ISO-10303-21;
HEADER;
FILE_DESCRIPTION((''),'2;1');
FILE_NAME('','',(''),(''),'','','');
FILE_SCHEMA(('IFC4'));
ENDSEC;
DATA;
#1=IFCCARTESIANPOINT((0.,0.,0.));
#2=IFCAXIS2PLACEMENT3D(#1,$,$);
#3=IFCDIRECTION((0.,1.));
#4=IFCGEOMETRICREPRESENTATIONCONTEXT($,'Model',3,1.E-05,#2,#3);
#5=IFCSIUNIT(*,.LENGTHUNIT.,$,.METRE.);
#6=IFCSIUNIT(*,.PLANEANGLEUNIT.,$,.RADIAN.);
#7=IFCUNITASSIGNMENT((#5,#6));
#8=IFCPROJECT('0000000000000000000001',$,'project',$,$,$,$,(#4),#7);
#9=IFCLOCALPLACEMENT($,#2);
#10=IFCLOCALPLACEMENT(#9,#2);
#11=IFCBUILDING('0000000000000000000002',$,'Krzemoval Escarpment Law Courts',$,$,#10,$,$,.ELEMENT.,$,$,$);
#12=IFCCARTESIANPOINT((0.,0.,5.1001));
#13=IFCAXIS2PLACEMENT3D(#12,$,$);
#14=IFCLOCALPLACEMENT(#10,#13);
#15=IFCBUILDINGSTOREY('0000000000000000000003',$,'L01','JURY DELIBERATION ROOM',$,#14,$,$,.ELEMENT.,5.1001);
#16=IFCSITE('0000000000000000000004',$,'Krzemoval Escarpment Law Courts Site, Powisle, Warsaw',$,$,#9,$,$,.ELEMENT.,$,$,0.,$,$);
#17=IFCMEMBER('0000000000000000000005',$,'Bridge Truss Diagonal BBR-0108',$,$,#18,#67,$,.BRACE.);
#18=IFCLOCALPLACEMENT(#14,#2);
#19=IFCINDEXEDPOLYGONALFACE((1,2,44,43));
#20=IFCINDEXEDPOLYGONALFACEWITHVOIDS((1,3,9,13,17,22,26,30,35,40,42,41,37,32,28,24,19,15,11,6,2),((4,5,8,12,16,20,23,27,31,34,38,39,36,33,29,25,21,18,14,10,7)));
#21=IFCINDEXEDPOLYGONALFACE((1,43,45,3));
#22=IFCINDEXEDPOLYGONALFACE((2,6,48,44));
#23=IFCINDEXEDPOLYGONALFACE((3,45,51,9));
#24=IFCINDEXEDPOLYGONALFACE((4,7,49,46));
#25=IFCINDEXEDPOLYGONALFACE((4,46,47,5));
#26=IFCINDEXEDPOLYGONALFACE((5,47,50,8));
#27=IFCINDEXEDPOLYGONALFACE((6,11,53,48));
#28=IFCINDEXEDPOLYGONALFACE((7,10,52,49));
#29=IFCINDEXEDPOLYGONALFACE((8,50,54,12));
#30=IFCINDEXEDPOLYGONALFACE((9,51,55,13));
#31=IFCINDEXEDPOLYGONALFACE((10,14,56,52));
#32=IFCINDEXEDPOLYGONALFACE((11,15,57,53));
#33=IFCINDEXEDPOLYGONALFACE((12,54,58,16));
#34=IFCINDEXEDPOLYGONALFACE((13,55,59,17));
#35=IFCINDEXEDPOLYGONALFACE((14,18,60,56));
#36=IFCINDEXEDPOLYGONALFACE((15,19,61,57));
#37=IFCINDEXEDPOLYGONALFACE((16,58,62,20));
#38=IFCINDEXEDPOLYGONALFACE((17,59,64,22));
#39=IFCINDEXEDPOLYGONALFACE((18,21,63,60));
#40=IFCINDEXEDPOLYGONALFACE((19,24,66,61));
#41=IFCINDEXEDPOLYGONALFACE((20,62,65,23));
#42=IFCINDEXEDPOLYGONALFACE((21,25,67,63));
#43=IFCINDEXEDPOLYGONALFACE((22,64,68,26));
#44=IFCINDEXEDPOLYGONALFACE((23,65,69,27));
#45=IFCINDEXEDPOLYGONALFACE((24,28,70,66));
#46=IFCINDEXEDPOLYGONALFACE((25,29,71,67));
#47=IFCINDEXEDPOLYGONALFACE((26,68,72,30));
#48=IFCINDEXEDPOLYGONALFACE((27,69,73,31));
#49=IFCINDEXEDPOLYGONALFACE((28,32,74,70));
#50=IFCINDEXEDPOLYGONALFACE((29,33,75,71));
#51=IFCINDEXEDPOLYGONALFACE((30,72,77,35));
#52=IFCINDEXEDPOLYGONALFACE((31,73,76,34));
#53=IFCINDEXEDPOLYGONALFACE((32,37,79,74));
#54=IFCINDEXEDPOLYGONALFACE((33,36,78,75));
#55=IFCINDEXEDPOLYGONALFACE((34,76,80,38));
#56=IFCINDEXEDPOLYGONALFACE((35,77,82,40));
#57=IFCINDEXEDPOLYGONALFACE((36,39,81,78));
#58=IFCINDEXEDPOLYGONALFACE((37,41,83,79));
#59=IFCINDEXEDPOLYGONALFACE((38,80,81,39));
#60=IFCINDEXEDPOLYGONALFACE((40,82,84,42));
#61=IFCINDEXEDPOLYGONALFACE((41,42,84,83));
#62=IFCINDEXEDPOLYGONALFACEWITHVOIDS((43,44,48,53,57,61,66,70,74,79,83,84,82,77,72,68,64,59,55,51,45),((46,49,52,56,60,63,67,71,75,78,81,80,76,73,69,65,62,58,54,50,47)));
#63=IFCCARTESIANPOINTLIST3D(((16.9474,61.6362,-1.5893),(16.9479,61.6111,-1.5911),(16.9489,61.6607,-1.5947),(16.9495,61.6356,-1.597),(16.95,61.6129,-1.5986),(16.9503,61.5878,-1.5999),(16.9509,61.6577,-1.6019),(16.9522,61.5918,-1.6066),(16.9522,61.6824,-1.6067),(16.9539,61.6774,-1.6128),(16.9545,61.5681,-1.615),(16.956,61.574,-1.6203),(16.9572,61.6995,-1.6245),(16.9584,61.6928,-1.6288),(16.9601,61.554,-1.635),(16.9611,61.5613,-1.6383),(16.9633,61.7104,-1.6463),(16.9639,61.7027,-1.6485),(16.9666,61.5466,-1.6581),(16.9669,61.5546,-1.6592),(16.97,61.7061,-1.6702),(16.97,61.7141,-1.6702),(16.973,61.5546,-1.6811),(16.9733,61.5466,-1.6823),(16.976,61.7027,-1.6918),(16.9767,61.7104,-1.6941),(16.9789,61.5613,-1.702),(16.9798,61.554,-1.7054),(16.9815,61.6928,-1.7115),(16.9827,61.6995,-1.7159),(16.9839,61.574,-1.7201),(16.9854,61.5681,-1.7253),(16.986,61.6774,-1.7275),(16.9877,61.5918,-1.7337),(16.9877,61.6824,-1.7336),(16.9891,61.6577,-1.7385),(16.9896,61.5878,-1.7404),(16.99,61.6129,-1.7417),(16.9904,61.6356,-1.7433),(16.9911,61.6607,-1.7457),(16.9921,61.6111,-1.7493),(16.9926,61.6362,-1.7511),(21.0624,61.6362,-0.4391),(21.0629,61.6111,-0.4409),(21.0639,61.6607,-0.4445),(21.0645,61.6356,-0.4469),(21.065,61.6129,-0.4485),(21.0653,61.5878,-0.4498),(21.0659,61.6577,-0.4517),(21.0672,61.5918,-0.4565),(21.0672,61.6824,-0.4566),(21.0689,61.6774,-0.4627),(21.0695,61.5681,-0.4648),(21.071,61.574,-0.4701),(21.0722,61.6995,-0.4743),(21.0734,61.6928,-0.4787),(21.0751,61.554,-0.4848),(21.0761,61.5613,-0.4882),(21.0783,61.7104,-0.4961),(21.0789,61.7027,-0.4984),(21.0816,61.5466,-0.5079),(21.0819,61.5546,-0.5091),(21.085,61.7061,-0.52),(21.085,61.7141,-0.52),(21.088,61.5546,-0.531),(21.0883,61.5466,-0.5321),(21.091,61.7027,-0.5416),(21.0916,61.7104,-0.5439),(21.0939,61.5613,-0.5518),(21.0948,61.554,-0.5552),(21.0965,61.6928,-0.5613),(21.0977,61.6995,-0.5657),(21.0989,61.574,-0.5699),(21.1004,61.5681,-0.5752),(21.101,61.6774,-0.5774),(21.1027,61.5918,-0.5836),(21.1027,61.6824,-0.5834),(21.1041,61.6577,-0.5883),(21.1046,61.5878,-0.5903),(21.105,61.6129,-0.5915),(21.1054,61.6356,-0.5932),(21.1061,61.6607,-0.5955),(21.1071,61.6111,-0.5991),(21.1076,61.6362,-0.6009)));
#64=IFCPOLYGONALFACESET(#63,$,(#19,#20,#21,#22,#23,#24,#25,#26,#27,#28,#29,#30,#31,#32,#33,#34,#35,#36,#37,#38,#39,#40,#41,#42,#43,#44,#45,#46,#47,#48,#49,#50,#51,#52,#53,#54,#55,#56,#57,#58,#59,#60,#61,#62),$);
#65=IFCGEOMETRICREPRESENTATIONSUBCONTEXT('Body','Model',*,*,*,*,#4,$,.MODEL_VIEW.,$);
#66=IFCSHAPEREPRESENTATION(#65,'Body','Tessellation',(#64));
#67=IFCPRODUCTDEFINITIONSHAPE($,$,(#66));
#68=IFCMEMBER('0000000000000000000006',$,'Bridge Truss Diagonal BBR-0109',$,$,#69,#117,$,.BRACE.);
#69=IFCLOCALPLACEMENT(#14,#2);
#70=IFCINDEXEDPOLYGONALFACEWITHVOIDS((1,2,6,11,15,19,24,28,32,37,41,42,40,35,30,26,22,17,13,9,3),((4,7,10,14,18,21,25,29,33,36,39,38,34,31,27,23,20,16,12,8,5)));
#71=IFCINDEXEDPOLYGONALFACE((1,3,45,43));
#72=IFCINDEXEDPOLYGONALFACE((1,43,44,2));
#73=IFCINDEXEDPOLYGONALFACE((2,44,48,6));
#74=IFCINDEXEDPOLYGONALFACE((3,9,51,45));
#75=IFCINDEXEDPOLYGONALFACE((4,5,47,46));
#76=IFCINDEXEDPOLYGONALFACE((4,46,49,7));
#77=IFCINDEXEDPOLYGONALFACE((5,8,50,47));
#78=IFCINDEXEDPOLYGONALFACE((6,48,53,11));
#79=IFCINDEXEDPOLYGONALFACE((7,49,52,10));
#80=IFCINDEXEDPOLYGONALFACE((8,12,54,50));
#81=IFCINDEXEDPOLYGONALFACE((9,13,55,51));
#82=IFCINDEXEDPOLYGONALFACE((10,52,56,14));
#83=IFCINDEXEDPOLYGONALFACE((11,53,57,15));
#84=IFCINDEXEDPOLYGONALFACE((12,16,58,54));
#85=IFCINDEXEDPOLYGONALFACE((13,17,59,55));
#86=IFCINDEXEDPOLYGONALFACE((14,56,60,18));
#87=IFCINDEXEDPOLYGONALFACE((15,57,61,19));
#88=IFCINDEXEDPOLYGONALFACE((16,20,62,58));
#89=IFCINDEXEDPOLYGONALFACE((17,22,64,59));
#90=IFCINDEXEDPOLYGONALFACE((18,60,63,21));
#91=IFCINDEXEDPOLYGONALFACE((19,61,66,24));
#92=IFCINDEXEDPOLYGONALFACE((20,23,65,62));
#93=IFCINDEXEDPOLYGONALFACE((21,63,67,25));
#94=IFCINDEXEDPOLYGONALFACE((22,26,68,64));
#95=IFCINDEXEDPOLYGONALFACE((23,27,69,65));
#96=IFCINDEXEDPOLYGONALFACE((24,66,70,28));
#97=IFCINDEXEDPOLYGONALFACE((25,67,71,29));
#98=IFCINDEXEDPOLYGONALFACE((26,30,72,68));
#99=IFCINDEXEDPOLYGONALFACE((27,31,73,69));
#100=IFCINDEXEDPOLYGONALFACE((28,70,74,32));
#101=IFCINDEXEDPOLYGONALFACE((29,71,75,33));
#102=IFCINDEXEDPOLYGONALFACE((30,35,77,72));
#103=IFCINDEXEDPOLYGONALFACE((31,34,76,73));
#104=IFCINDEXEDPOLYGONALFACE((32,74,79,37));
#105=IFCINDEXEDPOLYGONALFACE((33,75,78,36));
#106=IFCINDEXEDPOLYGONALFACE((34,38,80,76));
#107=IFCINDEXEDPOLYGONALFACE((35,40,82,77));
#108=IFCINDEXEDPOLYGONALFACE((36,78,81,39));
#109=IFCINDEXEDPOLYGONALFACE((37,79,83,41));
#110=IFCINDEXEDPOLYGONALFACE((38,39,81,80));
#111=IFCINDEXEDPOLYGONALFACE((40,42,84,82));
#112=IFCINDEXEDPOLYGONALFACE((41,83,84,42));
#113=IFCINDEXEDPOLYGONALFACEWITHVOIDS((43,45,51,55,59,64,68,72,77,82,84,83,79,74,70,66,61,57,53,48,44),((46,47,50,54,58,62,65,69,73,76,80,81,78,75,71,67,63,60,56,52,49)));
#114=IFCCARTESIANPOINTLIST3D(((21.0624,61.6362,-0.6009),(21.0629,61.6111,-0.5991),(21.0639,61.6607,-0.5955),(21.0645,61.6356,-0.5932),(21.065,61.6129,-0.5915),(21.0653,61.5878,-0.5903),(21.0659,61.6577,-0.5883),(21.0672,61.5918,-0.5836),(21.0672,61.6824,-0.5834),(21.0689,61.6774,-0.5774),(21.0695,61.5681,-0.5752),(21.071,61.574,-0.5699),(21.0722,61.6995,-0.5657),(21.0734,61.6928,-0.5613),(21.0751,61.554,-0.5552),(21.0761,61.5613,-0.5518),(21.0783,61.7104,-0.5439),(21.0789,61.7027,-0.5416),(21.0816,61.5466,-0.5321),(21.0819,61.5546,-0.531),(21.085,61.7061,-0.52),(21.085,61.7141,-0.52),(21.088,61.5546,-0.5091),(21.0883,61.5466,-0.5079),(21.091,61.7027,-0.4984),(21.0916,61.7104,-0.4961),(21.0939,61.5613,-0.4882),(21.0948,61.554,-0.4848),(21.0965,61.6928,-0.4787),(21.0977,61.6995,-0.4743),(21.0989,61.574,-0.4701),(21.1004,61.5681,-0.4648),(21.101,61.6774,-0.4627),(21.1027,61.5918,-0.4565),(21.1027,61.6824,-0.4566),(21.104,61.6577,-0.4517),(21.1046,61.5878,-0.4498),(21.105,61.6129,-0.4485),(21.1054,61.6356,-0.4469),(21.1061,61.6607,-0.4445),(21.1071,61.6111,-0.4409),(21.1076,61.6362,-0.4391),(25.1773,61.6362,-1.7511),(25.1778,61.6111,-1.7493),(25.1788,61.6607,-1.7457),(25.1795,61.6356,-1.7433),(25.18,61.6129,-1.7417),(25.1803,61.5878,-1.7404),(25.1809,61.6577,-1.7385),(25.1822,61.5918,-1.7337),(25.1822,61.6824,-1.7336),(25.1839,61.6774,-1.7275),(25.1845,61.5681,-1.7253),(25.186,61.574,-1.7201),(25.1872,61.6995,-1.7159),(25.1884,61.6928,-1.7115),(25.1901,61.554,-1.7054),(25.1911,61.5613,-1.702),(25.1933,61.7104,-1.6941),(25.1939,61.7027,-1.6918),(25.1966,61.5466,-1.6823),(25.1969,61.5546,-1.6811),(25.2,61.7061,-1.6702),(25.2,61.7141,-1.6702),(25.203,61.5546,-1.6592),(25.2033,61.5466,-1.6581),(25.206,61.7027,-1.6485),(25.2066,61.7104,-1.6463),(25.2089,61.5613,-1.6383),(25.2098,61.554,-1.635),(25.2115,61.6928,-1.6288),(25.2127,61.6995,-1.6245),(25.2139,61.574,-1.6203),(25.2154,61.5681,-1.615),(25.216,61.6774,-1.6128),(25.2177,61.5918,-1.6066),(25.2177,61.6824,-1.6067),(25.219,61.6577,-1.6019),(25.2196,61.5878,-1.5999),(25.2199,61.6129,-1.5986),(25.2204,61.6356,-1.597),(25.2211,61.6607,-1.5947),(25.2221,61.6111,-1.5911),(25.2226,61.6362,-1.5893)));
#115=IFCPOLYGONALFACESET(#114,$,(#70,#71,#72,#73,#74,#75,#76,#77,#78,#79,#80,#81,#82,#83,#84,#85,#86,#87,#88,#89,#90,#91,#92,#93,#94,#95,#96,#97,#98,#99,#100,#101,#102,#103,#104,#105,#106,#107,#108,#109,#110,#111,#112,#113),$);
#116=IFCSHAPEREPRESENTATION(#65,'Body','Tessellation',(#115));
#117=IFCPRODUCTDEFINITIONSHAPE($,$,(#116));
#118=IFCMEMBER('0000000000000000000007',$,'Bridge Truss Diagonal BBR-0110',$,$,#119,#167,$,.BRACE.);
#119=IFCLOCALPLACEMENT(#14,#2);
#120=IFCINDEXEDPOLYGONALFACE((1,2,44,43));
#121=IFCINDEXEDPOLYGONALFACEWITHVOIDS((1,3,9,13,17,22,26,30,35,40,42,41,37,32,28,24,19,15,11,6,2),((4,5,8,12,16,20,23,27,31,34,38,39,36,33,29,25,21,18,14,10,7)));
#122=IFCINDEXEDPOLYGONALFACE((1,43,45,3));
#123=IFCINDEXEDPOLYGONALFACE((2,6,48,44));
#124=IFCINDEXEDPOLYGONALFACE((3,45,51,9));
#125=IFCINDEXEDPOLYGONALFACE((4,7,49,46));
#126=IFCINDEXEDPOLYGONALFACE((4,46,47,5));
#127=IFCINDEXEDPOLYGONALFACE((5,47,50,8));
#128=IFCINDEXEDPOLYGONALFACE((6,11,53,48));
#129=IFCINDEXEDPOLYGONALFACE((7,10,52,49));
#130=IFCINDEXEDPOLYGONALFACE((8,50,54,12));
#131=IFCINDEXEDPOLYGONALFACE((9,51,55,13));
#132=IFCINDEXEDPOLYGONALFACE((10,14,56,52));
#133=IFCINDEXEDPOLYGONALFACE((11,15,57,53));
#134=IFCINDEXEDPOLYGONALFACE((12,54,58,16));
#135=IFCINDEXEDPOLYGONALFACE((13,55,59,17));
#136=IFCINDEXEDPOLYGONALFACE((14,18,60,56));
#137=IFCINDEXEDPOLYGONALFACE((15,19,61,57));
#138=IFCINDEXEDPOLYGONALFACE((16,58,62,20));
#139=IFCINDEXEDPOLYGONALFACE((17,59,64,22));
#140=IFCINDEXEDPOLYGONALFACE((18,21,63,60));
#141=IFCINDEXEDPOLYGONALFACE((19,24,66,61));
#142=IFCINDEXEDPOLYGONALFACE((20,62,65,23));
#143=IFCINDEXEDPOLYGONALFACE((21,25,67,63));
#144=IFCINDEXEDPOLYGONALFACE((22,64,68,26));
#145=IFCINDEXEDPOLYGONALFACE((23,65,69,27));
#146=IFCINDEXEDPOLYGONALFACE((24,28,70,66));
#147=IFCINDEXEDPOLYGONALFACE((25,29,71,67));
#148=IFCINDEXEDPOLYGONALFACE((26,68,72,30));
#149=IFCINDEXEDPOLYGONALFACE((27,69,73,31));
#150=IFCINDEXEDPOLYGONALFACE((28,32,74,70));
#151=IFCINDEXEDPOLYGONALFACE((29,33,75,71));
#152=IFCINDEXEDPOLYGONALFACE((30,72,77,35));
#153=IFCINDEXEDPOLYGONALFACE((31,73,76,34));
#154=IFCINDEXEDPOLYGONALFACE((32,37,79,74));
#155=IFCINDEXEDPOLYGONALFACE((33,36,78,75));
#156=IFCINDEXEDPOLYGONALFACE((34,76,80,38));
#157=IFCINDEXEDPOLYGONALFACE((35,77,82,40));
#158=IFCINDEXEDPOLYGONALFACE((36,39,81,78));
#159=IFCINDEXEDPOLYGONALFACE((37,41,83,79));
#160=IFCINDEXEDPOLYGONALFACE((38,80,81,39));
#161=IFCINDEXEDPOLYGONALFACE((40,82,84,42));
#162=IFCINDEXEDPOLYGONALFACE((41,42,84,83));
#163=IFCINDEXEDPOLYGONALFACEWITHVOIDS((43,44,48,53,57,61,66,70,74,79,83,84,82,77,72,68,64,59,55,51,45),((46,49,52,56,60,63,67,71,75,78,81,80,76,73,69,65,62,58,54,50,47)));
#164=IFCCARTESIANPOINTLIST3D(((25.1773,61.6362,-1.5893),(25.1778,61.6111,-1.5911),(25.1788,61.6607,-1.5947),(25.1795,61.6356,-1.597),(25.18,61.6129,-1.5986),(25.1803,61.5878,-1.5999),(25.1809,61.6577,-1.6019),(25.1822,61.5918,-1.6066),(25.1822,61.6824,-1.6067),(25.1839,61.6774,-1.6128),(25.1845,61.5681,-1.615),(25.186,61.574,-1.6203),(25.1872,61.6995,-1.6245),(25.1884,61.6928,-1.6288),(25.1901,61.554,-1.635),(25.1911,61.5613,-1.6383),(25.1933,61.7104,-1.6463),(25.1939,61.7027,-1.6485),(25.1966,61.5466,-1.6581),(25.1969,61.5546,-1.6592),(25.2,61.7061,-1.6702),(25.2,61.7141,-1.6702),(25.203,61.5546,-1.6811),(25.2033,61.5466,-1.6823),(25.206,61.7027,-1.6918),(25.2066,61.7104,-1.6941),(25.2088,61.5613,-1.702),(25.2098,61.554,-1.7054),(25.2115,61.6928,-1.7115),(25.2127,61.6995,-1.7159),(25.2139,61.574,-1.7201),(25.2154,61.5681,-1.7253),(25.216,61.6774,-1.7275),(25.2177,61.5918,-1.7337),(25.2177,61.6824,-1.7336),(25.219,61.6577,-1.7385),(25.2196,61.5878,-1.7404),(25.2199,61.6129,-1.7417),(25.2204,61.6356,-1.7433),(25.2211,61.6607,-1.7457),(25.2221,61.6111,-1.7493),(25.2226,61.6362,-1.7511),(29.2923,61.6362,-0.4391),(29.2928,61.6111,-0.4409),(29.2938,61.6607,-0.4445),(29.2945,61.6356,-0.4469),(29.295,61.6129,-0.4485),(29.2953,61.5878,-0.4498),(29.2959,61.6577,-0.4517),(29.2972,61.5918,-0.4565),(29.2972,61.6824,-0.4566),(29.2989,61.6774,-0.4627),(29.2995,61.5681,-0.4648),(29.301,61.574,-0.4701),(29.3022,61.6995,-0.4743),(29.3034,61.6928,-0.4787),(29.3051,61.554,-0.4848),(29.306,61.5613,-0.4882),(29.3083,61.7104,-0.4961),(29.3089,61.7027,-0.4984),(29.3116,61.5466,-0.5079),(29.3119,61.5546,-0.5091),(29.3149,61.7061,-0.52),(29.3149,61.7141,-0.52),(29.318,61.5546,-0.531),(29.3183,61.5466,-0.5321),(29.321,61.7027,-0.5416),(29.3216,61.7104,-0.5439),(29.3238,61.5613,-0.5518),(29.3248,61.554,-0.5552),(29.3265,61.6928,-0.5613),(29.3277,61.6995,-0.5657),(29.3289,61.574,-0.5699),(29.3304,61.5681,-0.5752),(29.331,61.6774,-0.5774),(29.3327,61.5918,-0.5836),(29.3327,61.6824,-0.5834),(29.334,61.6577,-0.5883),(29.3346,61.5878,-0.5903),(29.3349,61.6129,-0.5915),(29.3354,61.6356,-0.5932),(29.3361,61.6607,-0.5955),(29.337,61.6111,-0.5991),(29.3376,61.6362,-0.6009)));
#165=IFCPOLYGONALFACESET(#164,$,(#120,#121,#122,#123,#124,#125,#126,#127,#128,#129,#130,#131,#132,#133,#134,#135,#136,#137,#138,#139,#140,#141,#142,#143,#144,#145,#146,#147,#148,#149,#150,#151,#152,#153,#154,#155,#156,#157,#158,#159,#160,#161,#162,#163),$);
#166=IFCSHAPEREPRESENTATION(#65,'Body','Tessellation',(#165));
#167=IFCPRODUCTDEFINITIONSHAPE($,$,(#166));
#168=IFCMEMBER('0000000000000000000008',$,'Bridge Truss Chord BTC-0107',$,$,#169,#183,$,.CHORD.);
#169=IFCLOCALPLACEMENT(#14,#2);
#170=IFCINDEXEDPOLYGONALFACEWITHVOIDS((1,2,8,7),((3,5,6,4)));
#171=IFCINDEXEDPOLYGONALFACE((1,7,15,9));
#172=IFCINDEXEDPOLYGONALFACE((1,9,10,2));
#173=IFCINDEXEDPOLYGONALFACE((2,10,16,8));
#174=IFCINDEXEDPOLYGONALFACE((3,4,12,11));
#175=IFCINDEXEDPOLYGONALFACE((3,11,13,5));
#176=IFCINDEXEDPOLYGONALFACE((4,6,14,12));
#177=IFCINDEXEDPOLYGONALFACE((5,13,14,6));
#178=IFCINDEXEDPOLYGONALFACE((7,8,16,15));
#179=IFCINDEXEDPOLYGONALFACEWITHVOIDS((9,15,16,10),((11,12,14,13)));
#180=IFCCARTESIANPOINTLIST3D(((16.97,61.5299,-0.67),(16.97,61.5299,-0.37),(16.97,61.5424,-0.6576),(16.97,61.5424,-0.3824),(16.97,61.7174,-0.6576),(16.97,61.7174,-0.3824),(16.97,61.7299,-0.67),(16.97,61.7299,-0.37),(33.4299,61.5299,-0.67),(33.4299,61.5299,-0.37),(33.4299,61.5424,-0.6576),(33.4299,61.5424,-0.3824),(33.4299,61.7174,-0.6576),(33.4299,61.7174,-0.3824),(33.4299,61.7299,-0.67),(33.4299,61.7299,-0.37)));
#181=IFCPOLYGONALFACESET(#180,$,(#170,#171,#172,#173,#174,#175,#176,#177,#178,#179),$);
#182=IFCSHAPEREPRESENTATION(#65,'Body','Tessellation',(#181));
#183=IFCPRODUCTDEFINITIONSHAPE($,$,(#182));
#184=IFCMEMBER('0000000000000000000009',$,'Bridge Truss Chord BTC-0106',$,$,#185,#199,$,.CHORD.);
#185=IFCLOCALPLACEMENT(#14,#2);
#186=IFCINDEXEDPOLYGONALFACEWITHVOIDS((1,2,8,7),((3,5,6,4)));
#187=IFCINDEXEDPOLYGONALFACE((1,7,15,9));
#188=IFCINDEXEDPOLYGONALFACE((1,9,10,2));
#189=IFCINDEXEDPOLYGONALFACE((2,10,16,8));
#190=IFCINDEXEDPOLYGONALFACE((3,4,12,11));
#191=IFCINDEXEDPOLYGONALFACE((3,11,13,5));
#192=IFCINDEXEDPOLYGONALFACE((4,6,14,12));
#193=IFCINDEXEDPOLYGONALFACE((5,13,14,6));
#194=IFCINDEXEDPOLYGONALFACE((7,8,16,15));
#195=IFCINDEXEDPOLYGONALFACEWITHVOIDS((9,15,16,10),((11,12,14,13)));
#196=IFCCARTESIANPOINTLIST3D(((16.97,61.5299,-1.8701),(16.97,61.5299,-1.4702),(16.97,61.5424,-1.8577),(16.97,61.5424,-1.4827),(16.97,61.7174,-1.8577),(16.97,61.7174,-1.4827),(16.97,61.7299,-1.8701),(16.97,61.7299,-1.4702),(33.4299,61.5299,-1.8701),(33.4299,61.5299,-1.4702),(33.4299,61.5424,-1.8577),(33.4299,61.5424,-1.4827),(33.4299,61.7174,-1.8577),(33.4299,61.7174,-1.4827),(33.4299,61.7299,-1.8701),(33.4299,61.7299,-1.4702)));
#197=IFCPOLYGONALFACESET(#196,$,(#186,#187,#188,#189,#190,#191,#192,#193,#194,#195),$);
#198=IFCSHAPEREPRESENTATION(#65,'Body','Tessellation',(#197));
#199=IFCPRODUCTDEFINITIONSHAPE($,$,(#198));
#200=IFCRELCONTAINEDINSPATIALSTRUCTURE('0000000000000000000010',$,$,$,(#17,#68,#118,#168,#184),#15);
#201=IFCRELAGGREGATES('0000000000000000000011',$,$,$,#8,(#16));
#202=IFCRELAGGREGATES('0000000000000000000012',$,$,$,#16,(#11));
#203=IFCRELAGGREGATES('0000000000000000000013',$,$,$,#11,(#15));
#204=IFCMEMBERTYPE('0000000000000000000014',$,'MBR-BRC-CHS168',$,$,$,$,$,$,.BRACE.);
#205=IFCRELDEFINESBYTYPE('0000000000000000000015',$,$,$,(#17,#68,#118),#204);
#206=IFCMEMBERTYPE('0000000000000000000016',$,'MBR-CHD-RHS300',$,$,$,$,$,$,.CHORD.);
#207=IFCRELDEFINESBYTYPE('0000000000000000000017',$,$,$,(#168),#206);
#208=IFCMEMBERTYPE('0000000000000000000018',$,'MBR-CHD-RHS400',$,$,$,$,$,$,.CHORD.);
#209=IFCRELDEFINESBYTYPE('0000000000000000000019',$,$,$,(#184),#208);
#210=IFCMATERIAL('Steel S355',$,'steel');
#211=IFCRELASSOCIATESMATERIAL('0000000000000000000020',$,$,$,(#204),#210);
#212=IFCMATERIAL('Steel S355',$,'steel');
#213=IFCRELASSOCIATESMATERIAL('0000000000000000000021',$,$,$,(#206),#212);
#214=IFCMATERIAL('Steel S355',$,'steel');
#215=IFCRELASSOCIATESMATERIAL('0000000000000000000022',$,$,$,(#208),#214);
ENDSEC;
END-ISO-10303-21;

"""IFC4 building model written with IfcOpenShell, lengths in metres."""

from ifc_helpers import new_model, si_unit, direction, frame, origin, origin_2d, place, context, subcontext, project, spatial, hollow_rectangle, hollow_circle, extrude, material, material_profile, profile_set, type_object, element, save


model = new_model("IFC4")

# Units and contexts
model_context = context("Model", 3, precision=1e-05, world=origin(), true_north=direction((0.0, 1.0)))
body_context = subcontext(model_context, "Body", "Model", "MODEL_VIEW")
ifc_project = project(units=[si_unit("LENGTHUNIT", "METRE"), si_unit("PLANEANGLEUNIT", "RADIAN")], contexts=[model_context])

# Site, building, storey
site_placement = place(None, origin())
site = spatial("IfcSite", under=ifc_project, at=site_placement, Name="Krzemoval Escarpment Law Courts Site, Powisle, Warsaw", CompositionType="ELEMENT", RefElevation=0.0)
building_placement = place(site_placement, origin())
building = spatial("IfcBuilding", under=site, at=building_placement, Name="Krzemoval Escarpment Law Courts", CompositionType="ELEMENT")
storey_placement = place(building_placement, frame((0.0, 0.0, 5.1001)))
storey = spatial("IfcBuildingStorey", under=building, at=storey_placement, Name="L01", Description="JURY DELIBERATION ROOM", CompositionType="ELEMENT", Elevation=5.1001)

# Members
ifc_material_1 = material(Name="Steel S355", Category="steel")
ifc_material_profile_1 = material_profile(ifc_material_1, hollow_circle(Radius=0.0842, WallThickness=0.0081, at=origin_2d()), Name="CHS 168.3x8")
ifc_profile_set_1 = profile_set([ifc_material_profile_1], Name="Steel S355")
member_type_1 = type_object("IfcMemberType", Name="MBR-BRC-CHS168", PredefinedType="BRACE", material=ifc_profile_set_1)
for number, where, z_axis, x_axis, name in (
    (1, (16.97, 61.6299, -1.6702), (0.963089, 0.0, 0.269185), (0.0, 1.0, 0.0), "Bridge Truss Diagonal BBR-0108"),
    (2, (21.085, 61.6299, -0.52), (0.963089, 0.0, -0.269185), (0.0, 1.0, 0.0), "Bridge Truss Diagonal BBR-0109"),
    (3, (25.2, 61.6299, -1.6702), (0.963089, 0.0, 0.269185), (0.0, 1.0, 0.0), "Bridge Truss Diagonal BBR-0110"),
):
    element("IfcMember", number, at=place(storey_placement, frame(where, z_axis=z_axis, x_axis=x_axis)), inside=storey, type_object=member_type_1, Name=name, PredefinedType="BRACE", context=body_context, shape_type="SweptSolid", body=[
        extrude(hollow_circle(Radius=0.0842, WallThickness=0.0081, at=origin_2d()), origin(), (0.0, 0.0, 1.0), 4.2727),
    ])
ifc_material_2 = material(Name="Steel S355", Category="steel")
ifc_material_profile_2 = material_profile(ifc_material_2, hollow_rectangle(XDim=0.2, YDim=0.3, WallThickness=0.0125, at=origin_2d()), Name="RHS 300x200x12.5")
ifc_profile_set_2 = profile_set([ifc_material_profile_2], Name="Steel S355")
member_type_2 = type_object("IfcMemberType", Name="MBR-CHD-RHS300", PredefinedType="CHORD", material=ifc_profile_set_2)
member_1_placement = place(storey_placement, frame((16.97, 61.6299, -0.52), z_axis=(1.0, 0.0, 0.0), x_axis=(0.0, 1.0, 0.0)))
element("IfcMember", 4, at=member_1_placement, inside=storey, type_object=member_type_2, Name="Bridge Truss Chord BTC-0107", PredefinedType="CHORD", context=body_context, shape_type="SweptSolid", body=[
    extrude(hollow_rectangle(XDim=0.2, YDim=0.3, WallThickness=0.0125, at=origin_2d()), origin(), (0.0, 0.0, 1.0), 16.46),
])
ifc_material_3 = material(Name="Steel S355", Category="steel")
ifc_material_profile_3 = material_profile(ifc_material_3, hollow_rectangle(XDim=0.2, YDim=0.3999, WallThickness=0.0125, at=origin_2d()), Name="RHS 400x200x12.5")
ifc_profile_set_3 = profile_set([ifc_material_profile_3], Name="Steel S355")
member_type_3 = type_object("IfcMemberType", Name="MBR-CHD-RHS400", PredefinedType="CHORD", material=ifc_profile_set_3)
member_2_placement = place(storey_placement, frame((16.97, 61.6299, -1.6702), z_axis=(1.0, 0.0, 0.0), x_axis=(0.0, 1.0, 0.0)))
element("IfcMember", 5, at=member_2_placement, inside=storey, type_object=member_type_3, Name="Bridge Truss Chord BTC-0106", PredefinedType="CHORD", context=body_context, shape_type="SweptSolid", body=[
    extrude(hollow_rectangle(XDim=0.2, YDim=0.3999, WallThickness=0.0125, at=origin_2d()), origin(), (0.0, 0.0, 1.0), 16.46),
])

save(model, "model.ifc")
